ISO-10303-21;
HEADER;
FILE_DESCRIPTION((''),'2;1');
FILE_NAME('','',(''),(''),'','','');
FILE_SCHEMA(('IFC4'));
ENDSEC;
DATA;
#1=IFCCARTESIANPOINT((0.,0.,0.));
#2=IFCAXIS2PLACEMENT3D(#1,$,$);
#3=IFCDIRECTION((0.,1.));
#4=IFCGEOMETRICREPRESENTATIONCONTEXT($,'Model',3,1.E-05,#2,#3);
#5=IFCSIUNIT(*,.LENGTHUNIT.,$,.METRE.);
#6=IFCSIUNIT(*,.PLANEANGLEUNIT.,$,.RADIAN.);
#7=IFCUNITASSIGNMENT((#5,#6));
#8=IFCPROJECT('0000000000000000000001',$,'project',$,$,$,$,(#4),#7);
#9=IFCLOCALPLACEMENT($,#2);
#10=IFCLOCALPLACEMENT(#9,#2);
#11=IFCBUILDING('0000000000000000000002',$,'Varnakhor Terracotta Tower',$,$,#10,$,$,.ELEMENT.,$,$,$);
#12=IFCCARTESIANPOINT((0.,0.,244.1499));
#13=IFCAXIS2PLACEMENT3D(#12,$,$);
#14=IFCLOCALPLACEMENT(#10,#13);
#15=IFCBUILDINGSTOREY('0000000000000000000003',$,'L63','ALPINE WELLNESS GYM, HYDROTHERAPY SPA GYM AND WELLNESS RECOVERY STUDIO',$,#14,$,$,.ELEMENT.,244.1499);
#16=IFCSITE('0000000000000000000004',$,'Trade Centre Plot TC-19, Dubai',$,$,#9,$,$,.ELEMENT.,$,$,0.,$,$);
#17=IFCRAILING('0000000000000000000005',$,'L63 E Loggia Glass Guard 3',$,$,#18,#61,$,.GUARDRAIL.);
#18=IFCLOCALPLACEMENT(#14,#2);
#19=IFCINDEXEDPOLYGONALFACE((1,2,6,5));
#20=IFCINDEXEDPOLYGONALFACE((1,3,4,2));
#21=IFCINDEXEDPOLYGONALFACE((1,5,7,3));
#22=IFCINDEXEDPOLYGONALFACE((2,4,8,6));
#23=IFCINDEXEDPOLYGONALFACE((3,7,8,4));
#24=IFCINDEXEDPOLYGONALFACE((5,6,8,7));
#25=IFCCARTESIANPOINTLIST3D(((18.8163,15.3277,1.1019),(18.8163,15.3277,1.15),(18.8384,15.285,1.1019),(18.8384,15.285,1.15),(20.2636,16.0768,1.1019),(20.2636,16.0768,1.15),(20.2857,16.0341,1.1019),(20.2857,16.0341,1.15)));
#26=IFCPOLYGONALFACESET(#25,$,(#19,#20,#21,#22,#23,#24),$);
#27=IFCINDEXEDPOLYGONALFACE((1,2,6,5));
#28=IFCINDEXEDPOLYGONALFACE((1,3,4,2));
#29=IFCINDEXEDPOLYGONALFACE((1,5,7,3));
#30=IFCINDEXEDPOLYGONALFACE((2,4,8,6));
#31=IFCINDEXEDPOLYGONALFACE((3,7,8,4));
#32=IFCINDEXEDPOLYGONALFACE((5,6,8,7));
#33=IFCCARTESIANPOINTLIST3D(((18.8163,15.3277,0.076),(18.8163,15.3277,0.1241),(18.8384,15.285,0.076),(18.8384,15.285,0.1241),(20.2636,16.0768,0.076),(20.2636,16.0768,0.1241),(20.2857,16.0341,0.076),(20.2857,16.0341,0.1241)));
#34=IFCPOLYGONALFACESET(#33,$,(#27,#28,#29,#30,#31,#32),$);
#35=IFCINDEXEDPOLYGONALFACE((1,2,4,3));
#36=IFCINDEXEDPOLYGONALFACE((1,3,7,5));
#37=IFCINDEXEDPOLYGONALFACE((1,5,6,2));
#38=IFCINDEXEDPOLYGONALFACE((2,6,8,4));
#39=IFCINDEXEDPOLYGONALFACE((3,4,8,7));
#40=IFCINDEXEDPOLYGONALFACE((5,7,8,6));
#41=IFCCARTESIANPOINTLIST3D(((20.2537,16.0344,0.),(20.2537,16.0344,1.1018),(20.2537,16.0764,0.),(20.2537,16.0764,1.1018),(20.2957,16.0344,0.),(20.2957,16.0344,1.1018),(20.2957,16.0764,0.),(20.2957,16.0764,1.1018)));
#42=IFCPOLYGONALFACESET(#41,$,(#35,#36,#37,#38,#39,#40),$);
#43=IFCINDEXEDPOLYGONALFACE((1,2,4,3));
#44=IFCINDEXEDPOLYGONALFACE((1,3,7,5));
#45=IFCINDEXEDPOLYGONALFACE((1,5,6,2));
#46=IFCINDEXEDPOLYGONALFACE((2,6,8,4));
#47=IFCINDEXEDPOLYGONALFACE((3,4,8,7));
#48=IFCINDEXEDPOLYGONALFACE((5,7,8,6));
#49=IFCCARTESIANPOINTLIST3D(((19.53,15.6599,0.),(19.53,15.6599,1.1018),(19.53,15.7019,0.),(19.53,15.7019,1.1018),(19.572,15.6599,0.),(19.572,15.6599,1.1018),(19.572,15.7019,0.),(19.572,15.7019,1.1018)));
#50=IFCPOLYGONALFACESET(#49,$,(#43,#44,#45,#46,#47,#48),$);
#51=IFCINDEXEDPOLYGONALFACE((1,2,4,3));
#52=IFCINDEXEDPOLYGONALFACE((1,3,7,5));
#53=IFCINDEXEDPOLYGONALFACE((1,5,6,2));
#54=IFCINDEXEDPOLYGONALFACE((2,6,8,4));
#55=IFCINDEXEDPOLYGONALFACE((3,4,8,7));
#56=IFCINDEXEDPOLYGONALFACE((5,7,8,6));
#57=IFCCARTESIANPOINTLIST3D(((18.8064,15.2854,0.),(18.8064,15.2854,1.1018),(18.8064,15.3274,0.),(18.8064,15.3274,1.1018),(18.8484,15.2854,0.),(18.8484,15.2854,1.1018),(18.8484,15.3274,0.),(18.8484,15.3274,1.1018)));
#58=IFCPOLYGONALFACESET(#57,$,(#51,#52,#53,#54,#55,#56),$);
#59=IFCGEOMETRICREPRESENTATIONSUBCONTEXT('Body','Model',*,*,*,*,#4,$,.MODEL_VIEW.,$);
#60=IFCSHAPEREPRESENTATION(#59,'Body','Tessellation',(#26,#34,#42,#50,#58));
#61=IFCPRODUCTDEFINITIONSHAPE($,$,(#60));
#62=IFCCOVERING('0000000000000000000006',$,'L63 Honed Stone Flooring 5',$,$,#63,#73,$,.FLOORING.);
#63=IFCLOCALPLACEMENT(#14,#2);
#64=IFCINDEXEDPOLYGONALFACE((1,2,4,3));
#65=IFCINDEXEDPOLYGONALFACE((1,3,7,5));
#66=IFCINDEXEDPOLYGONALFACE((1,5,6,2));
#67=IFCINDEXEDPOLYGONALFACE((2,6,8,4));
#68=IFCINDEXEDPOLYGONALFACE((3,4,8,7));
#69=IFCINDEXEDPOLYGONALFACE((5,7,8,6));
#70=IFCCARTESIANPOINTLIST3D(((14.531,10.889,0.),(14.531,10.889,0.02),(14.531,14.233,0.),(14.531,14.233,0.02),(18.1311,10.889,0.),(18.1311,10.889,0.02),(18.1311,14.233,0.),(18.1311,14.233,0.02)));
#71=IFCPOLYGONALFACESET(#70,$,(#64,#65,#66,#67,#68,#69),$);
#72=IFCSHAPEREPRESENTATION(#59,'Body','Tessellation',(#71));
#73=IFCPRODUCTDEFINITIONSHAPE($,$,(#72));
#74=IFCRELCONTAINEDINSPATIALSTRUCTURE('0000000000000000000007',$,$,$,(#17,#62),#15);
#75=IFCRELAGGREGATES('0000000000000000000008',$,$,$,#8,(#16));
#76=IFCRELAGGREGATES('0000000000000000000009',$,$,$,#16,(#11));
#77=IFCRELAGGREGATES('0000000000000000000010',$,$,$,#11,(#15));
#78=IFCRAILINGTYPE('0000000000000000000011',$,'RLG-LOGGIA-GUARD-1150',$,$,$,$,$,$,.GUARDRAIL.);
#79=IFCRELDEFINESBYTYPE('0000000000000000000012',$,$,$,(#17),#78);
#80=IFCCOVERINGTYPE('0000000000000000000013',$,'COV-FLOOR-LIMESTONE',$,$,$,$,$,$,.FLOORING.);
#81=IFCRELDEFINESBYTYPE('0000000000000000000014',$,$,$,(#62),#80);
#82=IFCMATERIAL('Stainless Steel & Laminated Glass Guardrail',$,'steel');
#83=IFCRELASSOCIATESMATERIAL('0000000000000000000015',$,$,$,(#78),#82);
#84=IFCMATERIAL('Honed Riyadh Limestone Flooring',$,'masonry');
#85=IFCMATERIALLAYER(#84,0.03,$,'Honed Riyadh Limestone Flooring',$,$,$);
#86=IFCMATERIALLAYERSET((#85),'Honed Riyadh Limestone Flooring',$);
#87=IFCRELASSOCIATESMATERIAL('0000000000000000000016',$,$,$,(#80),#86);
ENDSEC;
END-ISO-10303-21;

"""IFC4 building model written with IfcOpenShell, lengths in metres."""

from ifc_helpers import new_model, si_unit, direction, frame, origin, origin_2d, place, context, subcontext, project, spatial, rectangle, extrude, source, transform, mapped, material, layer, layer_set, type_object, element, save


model = new_model("IFC4")

# Units and contexts
model_context = context("Model", 3, precision=1e-05, world=origin(), true_north=direction((0.0, 1.0)))
body_context = subcontext(model_context, "Body", "Model", "MODEL_VIEW")
ifc_project = project(units=[si_unit("LENGTHUNIT", "METRE"), si_unit("PLANEANGLEUNIT", "RADIAN")], contexts=[model_context])

# Site, building, storey
site_placement = place(None, origin())
site = spatial("IfcSite", under=ifc_project, at=site_placement, Name="Trade Centre Plot TC-19, Dubai", CompositionType="ELEMENT", RefElevation=0.0)
building_placement = place(site_placement, origin())
building = spatial("IfcBuilding", under=site, at=building_placement, Name="Varnakhor Terracotta Tower", CompositionType="ELEMENT")
storey_placement = place(building_placement, frame((0.0, 0.0, 244.1499)))
storey = spatial("IfcBuildingStorey", under=building, at=storey_placement, Name="L63", Description="ALPINE WELLNESS GYM, HYDROTHERAPY SPA GYM AND WELLNESS RECOVERY STUDIO", CompositionType="ELEMENT", Elevation=244.1499)

# Railing
ifc_material_1 = material(Name="Stainless Steel & Laminated Glass Guardrail", Category="steel")
railing_type = type_object("IfcRailingType", Name="RLG-LOGGIA-GUARD-1150", PredefinedType="GUARDRAIL", material=ifc_material_1)
railing_placement = place(storey_placement, frame((20.2747, 16.0554, 0.0)))
element("IfcRailing", 1, at=railing_placement, inside=storey, type_object=railing_type, Name="L63 E Loggia Glass Guard 3", PredefinedType="GUARDRAIL", context=body_context, shape_type="SweptSolid", body=[
    extrude(rectangle(XDim=0.0481, YDim=0.0481, at=origin_2d()), frame((0.0, 0.0, 1.126), z_axis=(-0.888108, -0.459635, 0.0), x_axis=(0.459635, -0.888108, 0.0)), (0.0, 0.0, 1.0), 1.6296),
    extrude(rectangle(XDim=0.0481, YDim=0.0481, at=origin_2d()), frame((0.0, 0.0, 0.1001), z_axis=(-0.888108, -0.459635, 0.0), x_axis=(0.459635, -0.888108, 0.0)), (0.0, 0.0, 1.0), 1.6296),
    extrude(rectangle(XDim=0.042, YDim=0.042, at=origin_2d()), origin(), (0.0, 0.0, 1.0), 1.1018),
    extrude(rectangle(XDim=0.042, YDim=0.042, at=origin_2d()), frame((-0.7236, -0.3745, 0.0)), (0.0, 0.0, 1.0), 1.1018),
    extrude(rectangle(XDim=0.042, YDim=0.042, at=origin_2d()), frame((-1.4473, -0.749, 0.0)), (0.0, 0.0, 1.0), 1.1018),
])

# Covering
ifc_material_2 = material(Name="Honed Riyadh Limestone Flooring", Category="masonry")
ifc_layer_1 = layer(ifc_material_2, 0.03, Name="Honed Riyadh Limestone Flooring")
ifc_layer_set_1 = layer_set([ifc_layer_1], Name="Honed Riyadh Limestone Flooring")
covering_type = type_object("IfcCoveringType", Name="COV-FLOOR-LIMESTONE", PredefinedType="FLOORING", material=ifc_layer_set_1)
shared_shape_1 = source(origin(), body_context, "Body", "SweptSolid", [
    extrude(rectangle(XDim=3.6001, YDim=3.344, at=origin_2d()), origin(), (0.0, 0.0, 1.0), 0.02),
])
covering_placement = place(storey_placement, frame((16.3311, 12.561, 0.0), z_axis=(0.0, 0.0, 1.0), x_axis=(1.0, 0.0, 0.0)))
element("IfcCovering", 2, at=covering_placement, inside=storey, type_object=covering_type, Name="L63 Honed Stone Flooring 5", PredefinedType="FLOORING", context=body_context, shape_type="MappedRepresentation", body=[
    mapped(shared_shape_1, transform((0.0, 0.0, 0.0), scale=1.0)),
])

save(model, "model.ifc")
